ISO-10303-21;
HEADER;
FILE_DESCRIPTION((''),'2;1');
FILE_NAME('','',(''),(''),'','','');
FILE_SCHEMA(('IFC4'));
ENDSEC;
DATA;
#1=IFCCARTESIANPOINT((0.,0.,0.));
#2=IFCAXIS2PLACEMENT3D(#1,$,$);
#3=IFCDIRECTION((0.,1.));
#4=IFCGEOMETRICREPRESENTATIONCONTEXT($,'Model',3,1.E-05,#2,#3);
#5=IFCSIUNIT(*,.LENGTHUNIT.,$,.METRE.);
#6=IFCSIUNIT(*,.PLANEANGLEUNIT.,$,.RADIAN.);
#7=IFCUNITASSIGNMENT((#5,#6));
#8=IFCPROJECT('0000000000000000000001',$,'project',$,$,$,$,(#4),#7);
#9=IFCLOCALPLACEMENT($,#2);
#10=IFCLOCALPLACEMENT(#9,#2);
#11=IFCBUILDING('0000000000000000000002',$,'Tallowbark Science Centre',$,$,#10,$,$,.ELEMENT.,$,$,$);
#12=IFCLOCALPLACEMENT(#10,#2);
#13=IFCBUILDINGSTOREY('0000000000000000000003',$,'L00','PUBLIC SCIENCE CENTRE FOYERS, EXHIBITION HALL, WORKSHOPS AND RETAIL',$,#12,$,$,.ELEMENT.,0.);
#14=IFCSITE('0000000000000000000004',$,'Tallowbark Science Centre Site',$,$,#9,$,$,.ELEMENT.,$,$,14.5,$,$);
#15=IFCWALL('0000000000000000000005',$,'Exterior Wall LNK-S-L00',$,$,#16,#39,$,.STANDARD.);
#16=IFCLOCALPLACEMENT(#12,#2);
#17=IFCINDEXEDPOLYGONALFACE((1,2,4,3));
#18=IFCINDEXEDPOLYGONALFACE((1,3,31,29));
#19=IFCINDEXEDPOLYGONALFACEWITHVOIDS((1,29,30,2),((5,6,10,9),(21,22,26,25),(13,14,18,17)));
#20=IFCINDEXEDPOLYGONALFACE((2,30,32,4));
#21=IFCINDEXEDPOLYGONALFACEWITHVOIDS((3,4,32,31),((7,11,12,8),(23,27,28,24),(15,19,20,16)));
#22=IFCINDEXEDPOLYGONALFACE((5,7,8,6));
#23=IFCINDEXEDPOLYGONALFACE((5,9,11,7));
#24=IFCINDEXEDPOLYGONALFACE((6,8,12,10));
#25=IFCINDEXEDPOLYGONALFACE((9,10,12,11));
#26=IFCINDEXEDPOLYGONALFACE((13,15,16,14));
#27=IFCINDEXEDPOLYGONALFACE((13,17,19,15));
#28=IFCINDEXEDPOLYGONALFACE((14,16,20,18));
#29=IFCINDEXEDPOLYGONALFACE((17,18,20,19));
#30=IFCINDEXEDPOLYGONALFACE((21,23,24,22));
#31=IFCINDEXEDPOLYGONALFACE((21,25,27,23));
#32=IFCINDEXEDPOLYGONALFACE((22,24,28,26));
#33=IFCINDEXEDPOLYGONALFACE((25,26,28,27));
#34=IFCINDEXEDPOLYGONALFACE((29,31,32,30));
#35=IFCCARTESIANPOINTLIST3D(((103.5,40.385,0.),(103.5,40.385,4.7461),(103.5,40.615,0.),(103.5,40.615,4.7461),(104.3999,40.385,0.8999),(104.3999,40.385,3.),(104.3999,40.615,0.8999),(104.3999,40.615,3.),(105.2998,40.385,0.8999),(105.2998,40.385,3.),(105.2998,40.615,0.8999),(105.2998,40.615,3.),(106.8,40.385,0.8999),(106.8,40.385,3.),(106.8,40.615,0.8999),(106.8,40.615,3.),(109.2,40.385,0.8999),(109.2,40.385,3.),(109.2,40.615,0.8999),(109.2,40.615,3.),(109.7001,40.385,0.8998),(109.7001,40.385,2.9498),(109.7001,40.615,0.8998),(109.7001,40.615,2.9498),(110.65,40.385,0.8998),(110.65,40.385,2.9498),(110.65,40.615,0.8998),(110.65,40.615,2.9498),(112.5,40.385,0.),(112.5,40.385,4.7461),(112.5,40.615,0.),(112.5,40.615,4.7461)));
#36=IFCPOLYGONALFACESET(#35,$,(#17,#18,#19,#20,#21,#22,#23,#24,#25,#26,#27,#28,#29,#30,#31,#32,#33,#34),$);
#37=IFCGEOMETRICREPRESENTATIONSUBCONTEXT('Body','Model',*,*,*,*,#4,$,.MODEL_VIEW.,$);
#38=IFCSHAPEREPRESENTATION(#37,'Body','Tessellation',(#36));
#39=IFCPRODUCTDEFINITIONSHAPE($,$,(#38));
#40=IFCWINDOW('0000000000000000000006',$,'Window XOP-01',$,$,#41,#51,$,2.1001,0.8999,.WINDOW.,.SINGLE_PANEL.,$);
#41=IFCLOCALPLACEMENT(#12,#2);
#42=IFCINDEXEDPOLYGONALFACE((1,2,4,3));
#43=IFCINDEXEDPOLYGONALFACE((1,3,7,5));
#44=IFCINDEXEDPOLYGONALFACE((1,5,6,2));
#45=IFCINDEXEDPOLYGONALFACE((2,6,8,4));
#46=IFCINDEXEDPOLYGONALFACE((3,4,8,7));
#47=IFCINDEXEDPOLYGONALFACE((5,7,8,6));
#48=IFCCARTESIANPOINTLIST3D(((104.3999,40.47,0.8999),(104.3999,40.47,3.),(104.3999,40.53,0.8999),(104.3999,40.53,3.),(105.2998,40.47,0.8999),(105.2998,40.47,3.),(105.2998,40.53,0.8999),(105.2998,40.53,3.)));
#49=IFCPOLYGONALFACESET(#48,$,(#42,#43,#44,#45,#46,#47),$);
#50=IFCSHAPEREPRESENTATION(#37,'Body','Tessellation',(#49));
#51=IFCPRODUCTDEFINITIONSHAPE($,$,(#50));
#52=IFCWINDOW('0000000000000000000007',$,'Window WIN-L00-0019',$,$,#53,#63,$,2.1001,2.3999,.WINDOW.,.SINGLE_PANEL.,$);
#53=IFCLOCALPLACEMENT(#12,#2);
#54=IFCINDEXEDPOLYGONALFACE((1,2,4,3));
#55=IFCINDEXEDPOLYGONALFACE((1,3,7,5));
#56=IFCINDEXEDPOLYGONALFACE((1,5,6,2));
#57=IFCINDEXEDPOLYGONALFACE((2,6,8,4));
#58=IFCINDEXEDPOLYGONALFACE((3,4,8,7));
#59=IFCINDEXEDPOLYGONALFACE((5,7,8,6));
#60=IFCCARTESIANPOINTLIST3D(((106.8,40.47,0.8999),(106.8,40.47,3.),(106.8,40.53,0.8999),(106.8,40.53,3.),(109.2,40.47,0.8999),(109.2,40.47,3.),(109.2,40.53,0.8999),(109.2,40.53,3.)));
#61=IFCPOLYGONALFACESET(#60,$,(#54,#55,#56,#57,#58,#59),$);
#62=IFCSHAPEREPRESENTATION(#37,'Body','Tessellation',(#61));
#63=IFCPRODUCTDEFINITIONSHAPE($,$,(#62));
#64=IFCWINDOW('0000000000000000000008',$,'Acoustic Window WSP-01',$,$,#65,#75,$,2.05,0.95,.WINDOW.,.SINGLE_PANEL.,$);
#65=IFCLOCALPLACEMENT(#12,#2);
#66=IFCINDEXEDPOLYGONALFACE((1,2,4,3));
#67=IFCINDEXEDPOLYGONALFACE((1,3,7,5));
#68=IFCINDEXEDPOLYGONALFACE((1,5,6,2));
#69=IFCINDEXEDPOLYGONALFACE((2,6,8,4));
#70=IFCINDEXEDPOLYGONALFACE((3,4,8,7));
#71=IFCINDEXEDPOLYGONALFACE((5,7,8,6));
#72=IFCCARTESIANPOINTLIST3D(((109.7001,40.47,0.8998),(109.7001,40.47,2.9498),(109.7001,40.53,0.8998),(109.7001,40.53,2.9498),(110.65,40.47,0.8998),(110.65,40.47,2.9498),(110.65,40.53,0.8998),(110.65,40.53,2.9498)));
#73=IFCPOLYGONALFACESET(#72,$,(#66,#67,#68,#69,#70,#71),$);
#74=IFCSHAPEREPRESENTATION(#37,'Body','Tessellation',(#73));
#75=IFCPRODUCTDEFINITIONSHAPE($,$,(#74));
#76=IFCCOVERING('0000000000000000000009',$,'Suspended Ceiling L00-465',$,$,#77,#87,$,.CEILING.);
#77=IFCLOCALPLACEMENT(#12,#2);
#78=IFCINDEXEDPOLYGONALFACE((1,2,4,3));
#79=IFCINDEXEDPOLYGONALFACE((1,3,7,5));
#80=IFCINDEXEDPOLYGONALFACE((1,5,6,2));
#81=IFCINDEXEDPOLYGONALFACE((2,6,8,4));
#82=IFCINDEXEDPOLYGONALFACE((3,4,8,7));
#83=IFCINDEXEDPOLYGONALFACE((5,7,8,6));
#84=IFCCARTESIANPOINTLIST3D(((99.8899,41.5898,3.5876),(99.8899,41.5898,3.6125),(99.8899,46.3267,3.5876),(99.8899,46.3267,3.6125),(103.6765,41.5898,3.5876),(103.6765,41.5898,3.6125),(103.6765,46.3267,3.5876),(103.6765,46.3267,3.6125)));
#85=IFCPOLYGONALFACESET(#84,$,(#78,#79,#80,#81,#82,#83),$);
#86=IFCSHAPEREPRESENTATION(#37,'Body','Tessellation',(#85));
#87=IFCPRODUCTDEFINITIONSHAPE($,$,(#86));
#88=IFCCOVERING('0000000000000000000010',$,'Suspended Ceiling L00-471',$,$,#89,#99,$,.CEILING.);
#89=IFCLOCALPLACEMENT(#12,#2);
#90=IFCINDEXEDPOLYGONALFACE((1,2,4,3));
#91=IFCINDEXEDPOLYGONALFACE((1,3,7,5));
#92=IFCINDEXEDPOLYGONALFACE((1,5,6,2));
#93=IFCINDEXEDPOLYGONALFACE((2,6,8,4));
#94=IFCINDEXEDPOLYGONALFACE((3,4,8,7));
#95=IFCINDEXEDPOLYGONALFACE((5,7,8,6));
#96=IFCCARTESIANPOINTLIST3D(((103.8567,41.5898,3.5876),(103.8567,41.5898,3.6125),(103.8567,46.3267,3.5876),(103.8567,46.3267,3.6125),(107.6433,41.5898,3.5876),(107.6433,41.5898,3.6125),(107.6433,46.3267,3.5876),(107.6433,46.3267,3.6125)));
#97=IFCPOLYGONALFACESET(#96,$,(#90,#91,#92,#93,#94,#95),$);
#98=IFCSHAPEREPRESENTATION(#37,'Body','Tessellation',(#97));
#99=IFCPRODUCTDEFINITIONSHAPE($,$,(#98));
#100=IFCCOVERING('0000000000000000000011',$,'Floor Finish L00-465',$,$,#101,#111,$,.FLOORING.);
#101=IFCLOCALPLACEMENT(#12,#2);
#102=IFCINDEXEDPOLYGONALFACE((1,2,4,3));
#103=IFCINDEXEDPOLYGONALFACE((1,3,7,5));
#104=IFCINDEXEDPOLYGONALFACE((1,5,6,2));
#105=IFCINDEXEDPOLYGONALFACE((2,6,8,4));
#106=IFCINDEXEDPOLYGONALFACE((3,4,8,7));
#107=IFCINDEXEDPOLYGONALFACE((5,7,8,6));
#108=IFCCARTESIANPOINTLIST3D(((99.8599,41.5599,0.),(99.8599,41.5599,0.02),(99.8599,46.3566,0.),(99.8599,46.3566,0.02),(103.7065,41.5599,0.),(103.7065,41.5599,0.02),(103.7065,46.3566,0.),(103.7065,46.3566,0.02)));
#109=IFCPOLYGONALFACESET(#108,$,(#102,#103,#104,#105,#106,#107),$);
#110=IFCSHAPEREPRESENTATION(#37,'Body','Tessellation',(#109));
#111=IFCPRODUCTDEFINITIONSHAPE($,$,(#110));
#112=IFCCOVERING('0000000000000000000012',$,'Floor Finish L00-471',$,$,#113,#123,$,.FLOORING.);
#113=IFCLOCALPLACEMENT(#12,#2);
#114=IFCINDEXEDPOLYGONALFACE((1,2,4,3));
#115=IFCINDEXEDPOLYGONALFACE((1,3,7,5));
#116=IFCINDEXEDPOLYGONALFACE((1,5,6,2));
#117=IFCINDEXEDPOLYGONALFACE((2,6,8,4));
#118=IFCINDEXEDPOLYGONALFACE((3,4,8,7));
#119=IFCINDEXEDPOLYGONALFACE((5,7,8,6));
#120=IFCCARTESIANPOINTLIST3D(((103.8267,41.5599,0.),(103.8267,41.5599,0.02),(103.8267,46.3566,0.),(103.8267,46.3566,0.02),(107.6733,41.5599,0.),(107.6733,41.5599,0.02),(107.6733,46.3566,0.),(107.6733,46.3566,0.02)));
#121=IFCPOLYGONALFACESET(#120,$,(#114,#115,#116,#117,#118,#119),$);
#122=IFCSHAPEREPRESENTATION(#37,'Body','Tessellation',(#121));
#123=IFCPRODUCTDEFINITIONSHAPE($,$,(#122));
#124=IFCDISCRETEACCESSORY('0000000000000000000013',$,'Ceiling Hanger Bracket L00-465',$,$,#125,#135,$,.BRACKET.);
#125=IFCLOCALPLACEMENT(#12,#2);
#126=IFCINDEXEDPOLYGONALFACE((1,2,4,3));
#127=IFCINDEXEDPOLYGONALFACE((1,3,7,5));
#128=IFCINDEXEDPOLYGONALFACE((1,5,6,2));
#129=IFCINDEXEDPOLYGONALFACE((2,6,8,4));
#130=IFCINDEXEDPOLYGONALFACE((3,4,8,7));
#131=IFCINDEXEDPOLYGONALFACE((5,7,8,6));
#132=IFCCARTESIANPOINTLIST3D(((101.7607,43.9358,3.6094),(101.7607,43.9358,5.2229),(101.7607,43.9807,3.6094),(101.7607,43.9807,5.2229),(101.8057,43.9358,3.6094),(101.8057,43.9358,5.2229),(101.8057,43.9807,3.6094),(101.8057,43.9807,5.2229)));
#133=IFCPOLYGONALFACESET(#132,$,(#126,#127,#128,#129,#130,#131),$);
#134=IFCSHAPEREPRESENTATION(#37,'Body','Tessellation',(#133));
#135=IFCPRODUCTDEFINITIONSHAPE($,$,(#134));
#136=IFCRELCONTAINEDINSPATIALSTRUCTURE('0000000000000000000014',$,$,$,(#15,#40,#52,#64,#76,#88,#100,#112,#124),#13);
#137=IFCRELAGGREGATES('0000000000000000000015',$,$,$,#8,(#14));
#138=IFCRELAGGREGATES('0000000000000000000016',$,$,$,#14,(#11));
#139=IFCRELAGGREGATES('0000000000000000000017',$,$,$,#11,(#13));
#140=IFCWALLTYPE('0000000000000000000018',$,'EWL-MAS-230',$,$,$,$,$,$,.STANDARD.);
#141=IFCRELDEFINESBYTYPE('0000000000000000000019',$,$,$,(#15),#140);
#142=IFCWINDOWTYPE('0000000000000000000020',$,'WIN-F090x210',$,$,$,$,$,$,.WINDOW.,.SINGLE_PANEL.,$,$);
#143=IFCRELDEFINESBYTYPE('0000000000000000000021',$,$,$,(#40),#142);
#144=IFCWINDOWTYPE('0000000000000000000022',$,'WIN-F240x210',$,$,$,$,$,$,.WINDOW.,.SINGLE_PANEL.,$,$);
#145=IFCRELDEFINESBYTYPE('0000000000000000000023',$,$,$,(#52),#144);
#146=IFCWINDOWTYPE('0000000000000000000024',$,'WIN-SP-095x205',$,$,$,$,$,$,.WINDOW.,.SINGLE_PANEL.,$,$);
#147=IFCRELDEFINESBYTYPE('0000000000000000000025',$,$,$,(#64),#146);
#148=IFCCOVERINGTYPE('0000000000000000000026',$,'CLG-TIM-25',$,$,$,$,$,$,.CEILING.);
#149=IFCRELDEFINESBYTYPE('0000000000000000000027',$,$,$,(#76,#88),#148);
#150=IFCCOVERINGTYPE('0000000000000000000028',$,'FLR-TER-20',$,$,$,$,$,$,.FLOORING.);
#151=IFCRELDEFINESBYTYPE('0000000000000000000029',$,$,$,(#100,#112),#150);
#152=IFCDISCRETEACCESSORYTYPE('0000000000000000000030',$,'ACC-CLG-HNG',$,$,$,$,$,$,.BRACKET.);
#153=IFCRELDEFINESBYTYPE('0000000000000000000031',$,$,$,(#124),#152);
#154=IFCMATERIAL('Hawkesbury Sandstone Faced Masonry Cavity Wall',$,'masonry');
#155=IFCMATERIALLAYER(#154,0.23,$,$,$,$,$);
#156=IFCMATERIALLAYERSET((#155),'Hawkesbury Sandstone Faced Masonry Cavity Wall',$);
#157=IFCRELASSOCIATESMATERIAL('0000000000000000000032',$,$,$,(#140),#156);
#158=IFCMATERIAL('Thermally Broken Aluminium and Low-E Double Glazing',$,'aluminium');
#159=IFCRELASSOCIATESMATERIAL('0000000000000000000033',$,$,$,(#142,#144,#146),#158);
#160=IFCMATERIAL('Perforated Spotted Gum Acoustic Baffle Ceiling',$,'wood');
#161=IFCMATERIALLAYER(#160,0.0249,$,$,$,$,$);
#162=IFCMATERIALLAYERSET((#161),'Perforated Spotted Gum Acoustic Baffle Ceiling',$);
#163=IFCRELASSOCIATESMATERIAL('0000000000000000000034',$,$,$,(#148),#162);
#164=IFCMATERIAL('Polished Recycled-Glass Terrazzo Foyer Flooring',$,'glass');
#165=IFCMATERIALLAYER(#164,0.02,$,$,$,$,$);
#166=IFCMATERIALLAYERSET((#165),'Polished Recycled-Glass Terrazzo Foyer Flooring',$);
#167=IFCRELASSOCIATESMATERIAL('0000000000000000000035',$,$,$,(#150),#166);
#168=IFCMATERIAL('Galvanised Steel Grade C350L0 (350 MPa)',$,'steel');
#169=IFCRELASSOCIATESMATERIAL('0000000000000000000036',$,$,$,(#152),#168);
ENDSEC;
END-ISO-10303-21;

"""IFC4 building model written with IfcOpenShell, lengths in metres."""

from ifc_helpers import new_model, si_unit, direction, frame, frame_2d, origin, origin_2d, place, context, subcontext, project, spatial, rectangle, extrude, material, layer, layer_set, type_object, element, fill, save


model = new_model("IFC4")

# Units and contexts
model_context = context("Model", 3, precision=1e-05, world=origin(), true_north=direction((0.0, 1.0)))
body_context = subcontext(model_context, "Body", "Model", "MODEL_VIEW")
ifc_project = project(units=[si_unit("LENGTHUNIT", "METRE"), si_unit("PLANEANGLEUNIT", "RADIAN")], contexts=[model_context])

# Site, building, storey
site_placement = place(None, origin())
site = spatial("IfcSite", under=ifc_project, at=site_placement, Name="Tallowbark Science Centre Site", CompositionType="ELEMENT", RefElevation=14.5)
building_placement = place(site_placement, origin())
building = spatial("IfcBuilding", under=site, at=building_placement, Name="Tallowbark Science Centre", CompositionType="ELEMENT")
storey_placement = place(building_placement, origin())
storey = spatial("IfcBuildingStorey", under=building, at=storey_placement, Name="L00", Description="PUBLIC SCIENCE CENTRE FOYERS, EXHIBITION HALL, WORKSHOPS AND RETAIL", CompositionType="ELEMENT", Elevation=0.0)

# Wall, openings, windows
ifc_material_1 = material(Name="Hawkesbury Sandstone Faced Masonry Cavity Wall", Category="masonry")
ifc_layer_1 = layer(ifc_material_1, 0.23)
ifc_layer_set_1 = layer_set([ifc_layer_1], Name="Hawkesbury Sandstone Faced Masonry Cavity Wall")
wall_type = type_object("IfcWallType", Name="EWL-MAS-230", PredefinedType="STANDARD", material=ifc_layer_set_1)
wall_placement = place(storey_placement, frame((103.5, 40.5, 0.0), z_axis=(0.0, 0.0, 1.0), x_axis=(1.0, 0.0, 0.0)))
wall = element("IfcWall", 1, at=wall_placement, inside=storey, type_object=wall_type, Name="Exterior Wall LNK-S-L00", PredefinedType="STANDARD", context=body_context, shape_type="SweptSolid", body=[
    extrude(rectangle(XDim=9.0, YDim=0.23, at=frame_2d((4.5, 0.0))), origin(), (0.0, 0.0, 1.0), 4.7461),
])
opening_1_placement = place(wall_placement, frame((3.3, 0.0, 0.8999)))
opening_1 = element("IfcOpeningElement", 2, at=opening_1_placement, cuts=wall, PredefinedType="OPENING", context=body_context, shape_type="SweptSolid", body=[
    extrude(rectangle(XDim=2.3999, YDim=2.1001, at=frame_2d((1.2, 1.05))), frame((0.0, 0.125, 0.0), z_axis=(0.0, -1.0, 0.0), x_axis=(1.0, 0.0, 0.0)), (0.0, 0.0, 1.0), 0.25),
])
opening_2_placement = place(wall_placement, frame((0.8999, 0.0, 0.8999)))
opening_2 = element("IfcOpeningElement", 3, at=opening_2_placement, cuts=wall, PredefinedType="OPENING", context=body_context, shape_type="SweptSolid", body=[
    extrude(rectangle(XDim=0.8999, YDim=2.1001, at=frame_2d((0.45, 1.05))), frame((0.0, 0.125, 0.0), z_axis=(0.0, -1.0, 0.0), x_axis=(1.0, 0.0, 0.0)), (0.0, 0.0, 1.0), 0.25),
])
opening_3_placement = place(wall_placement, frame((6.2, 0.0, 0.8999)))
opening_3 = element("IfcOpeningElement", 4, at=opening_3_placement, cuts=wall, PredefinedType="OPENING", context=body_context, shape_type="SweptSolid", body=[
    extrude(rectangle(XDim=0.95, YDim=2.05, at=frame_2d((0.4751, 1.0249))), frame((0.0, 0.125, 0.0), z_axis=(0.0, -1.0, 0.0), x_axis=(1.0, 0.0, 0.0)), (0.0, 0.0, 1.0), 0.25),
])
ifc_material_2 = material(Name="Thermally Broken Aluminium and Low-E Double Glazing", Category="aluminium")
window_type_1 = type_object("IfcWindowType", Name="WIN-F090x210", PartitioningType="SINGLE_PANEL", PredefinedType="WINDOW", material=ifc_material_2)
window_1_placement = place(opening_2_placement, origin())
window_1 = element("IfcWindow", 5, at=window_1_placement, inside=storey, type_object=window_type_1, Name="Window XOP-01", OverallHeight=2.1001, OverallWidth=0.8999, PartitioningType="SINGLE_PANEL", PredefinedType="WINDOW", context=body_context, shape_type="SweptSolid", body=[
    extrude(rectangle(XDim=0.8999, YDim=2.1001, at=frame_2d((0.45, 1.05))), frame((0.0, 0.03, 0.0), z_axis=(0.0, -1.0, 0.0), x_axis=(1.0, 0.0, 0.0)), (0.0, 0.0, 1.0), 0.0601),
])
fill(opening_2, window_1)
window_type_2 = type_object("IfcWindowType", Name="WIN-F240x210", PartitioningType="SINGLE_PANEL", PredefinedType="WINDOW", material=ifc_material_2)
window_2_placement = place(opening_1_placement, origin())
window_2 = element("IfcWindow", 6, at=window_2_placement, inside=storey, type_object=window_type_2, Name="Window WIN-L00-0019", OverallHeight=2.1001, OverallWidth=2.3999, PartitioningType="SINGLE_PANEL", PredefinedType="WINDOW", context=body_context, shape_type="SweptSolid", body=[
    extrude(rectangle(XDim=2.3999, YDim=2.1001, at=frame_2d((1.2, 1.05))), frame((0.0, 0.03, 0.0), z_axis=(0.0, -1.0, 0.0), x_axis=(1.0, 0.0, 0.0)), (0.0, 0.0, 1.0), 0.0601),
])
fill(opening_1, window_2)
window_type_3 = type_object("IfcWindowType", Name="WIN-SP-095x205", PartitioningType="SINGLE_PANEL", PredefinedType="WINDOW", material=ifc_material_2)
window_3_placement = place(opening_3_placement, origin())
window_3 = element("IfcWindow", 7, at=window_3_placement, inside=storey, type_object=window_type_3, Name="Acoustic Window WSP-01", OverallHeight=2.05, OverallWidth=0.95, PartitioningType="SINGLE_PANEL", PredefinedType="WINDOW", context=body_context, shape_type="SweptSolid", body=[
    extrude(rectangle(XDim=0.95, YDim=2.05, at=frame_2d((0.4751, 1.0249))), frame((0.0, 0.03, 0.0), z_axis=(0.0, -1.0, 0.0), x_axis=(1.0, 0.0, 0.0)), (0.0, 0.0, 1.0), 0.0601),
])
fill(opening_3, window_3)

# Coverings
ifc_material_3 = material(Name="Perforated Spotted Gum Acoustic Baffle Ceiling", Category="wood")
ifc_layer_2 = layer(ifc_material_3, 0.0249)
ifc_layer_set_2 = layer_set([ifc_layer_2], Name="Perforated Spotted Gum Acoustic Baffle Ceiling")
covering_type_1 = type_object("IfcCoveringType", Name="CLG-TIM-25", PredefinedType="CEILING", material=ifc_layer_set_2)
for number, where, z_axis, x_axis, name in (
    (8, (101.7832, 43.9583, 3.5876), (0.0, 0.0, 1.0), (1.0, 0.0, 0.0), "Suspended Ceiling L00-465"),
    (9, (105.75, 43.9583, 3.5876), (0.0, 0.0, 1.0), (1.0, 0.0, 0.0), "Suspended Ceiling L00-471"),
):
    element("IfcCovering", number, at=place(storey_placement, frame(where, z_axis=z_axis, x_axis=x_axis)), inside=storey, type_object=covering_type_1, Name=name, PredefinedType="CEILING", context=body_context, shape_type="SweptSolid", body=[
        extrude(rectangle(XDim=3.7866, YDim=4.7368, at=origin_2d()), origin(), (0.0, 0.0, 1.0), 0.0249),
    ])
ifc_material_4 = material(Name="Polished Recycled-Glass Terrazzo Foyer Flooring", Category="glass")
ifc_layer_3 = layer(ifc_material_4, 0.02)
ifc_layer_set_3 = layer_set([ifc_layer_3], Name="Polished Recycled-Glass Terrazzo Foyer Flooring")
covering_type_2 = type_object("IfcCoveringType", Name="FLR-TER-20", PredefinedType="FLOORING", material=ifc_layer_set_3)
for number, where, z_axis, x_axis, name in (
    (10, (101.7832, 43.9583, 0.0), (0.0, 0.0, 1.0), (1.0, 0.0, 0.0), "Floor Finish L00-465"),
    (11, (105.75, 43.9583, 0.0), (0.0, 0.0, 1.0), (1.0, 0.0, 0.0), "Floor Finish L00-471"),
):
    element("IfcCovering", number, at=place(storey_placement, frame(where, z_axis=z_axis, x_axis=x_axis)), inside=storey, type_object=covering_type_2, Name=name, PredefinedType="FLOORING", context=body_context, shape_type="SweptSolid", body=[
        extrude(rectangle(XDim=3.8467, YDim=4.7966, at=origin_2d()), origin(), (0.0, 0.0, 1.0), 0.02),
    ])

# Discrete accessory
ifc_material_5 = material(Name="Galvanised Steel Grade C350L0 (350 MPa)", Category="steel")
discrete_accessory_type = type_object("IfcDiscreteAccessoryType", Name="ACC-CLG-HNG", PredefinedType="BRACKET", material=ifc_material_5)
discrete_accessory_placement = place(storey_placement, frame((101.7832, 43.9583, 3.6094), z_axis=(0.0, 0.0, 1.0), x_axis=(1.0, 0.0, 0.0)))
element("IfcDiscreteAccessory", 12, at=discrete_accessory_placement, inside=storey, type_object=discrete_accessory_type, Name="Ceiling Hanger Bracket L00-465", PredefinedType="BRACKET", context=body_context, shape_type="SweptSolid", body=[
    extrude(rectangle(XDim=0.0449, YDim=0.0449, at=origin_2d()), origin(), (0.0, 0.0, 1.0), 1.6135),
])

save(model, "model.ifc")
